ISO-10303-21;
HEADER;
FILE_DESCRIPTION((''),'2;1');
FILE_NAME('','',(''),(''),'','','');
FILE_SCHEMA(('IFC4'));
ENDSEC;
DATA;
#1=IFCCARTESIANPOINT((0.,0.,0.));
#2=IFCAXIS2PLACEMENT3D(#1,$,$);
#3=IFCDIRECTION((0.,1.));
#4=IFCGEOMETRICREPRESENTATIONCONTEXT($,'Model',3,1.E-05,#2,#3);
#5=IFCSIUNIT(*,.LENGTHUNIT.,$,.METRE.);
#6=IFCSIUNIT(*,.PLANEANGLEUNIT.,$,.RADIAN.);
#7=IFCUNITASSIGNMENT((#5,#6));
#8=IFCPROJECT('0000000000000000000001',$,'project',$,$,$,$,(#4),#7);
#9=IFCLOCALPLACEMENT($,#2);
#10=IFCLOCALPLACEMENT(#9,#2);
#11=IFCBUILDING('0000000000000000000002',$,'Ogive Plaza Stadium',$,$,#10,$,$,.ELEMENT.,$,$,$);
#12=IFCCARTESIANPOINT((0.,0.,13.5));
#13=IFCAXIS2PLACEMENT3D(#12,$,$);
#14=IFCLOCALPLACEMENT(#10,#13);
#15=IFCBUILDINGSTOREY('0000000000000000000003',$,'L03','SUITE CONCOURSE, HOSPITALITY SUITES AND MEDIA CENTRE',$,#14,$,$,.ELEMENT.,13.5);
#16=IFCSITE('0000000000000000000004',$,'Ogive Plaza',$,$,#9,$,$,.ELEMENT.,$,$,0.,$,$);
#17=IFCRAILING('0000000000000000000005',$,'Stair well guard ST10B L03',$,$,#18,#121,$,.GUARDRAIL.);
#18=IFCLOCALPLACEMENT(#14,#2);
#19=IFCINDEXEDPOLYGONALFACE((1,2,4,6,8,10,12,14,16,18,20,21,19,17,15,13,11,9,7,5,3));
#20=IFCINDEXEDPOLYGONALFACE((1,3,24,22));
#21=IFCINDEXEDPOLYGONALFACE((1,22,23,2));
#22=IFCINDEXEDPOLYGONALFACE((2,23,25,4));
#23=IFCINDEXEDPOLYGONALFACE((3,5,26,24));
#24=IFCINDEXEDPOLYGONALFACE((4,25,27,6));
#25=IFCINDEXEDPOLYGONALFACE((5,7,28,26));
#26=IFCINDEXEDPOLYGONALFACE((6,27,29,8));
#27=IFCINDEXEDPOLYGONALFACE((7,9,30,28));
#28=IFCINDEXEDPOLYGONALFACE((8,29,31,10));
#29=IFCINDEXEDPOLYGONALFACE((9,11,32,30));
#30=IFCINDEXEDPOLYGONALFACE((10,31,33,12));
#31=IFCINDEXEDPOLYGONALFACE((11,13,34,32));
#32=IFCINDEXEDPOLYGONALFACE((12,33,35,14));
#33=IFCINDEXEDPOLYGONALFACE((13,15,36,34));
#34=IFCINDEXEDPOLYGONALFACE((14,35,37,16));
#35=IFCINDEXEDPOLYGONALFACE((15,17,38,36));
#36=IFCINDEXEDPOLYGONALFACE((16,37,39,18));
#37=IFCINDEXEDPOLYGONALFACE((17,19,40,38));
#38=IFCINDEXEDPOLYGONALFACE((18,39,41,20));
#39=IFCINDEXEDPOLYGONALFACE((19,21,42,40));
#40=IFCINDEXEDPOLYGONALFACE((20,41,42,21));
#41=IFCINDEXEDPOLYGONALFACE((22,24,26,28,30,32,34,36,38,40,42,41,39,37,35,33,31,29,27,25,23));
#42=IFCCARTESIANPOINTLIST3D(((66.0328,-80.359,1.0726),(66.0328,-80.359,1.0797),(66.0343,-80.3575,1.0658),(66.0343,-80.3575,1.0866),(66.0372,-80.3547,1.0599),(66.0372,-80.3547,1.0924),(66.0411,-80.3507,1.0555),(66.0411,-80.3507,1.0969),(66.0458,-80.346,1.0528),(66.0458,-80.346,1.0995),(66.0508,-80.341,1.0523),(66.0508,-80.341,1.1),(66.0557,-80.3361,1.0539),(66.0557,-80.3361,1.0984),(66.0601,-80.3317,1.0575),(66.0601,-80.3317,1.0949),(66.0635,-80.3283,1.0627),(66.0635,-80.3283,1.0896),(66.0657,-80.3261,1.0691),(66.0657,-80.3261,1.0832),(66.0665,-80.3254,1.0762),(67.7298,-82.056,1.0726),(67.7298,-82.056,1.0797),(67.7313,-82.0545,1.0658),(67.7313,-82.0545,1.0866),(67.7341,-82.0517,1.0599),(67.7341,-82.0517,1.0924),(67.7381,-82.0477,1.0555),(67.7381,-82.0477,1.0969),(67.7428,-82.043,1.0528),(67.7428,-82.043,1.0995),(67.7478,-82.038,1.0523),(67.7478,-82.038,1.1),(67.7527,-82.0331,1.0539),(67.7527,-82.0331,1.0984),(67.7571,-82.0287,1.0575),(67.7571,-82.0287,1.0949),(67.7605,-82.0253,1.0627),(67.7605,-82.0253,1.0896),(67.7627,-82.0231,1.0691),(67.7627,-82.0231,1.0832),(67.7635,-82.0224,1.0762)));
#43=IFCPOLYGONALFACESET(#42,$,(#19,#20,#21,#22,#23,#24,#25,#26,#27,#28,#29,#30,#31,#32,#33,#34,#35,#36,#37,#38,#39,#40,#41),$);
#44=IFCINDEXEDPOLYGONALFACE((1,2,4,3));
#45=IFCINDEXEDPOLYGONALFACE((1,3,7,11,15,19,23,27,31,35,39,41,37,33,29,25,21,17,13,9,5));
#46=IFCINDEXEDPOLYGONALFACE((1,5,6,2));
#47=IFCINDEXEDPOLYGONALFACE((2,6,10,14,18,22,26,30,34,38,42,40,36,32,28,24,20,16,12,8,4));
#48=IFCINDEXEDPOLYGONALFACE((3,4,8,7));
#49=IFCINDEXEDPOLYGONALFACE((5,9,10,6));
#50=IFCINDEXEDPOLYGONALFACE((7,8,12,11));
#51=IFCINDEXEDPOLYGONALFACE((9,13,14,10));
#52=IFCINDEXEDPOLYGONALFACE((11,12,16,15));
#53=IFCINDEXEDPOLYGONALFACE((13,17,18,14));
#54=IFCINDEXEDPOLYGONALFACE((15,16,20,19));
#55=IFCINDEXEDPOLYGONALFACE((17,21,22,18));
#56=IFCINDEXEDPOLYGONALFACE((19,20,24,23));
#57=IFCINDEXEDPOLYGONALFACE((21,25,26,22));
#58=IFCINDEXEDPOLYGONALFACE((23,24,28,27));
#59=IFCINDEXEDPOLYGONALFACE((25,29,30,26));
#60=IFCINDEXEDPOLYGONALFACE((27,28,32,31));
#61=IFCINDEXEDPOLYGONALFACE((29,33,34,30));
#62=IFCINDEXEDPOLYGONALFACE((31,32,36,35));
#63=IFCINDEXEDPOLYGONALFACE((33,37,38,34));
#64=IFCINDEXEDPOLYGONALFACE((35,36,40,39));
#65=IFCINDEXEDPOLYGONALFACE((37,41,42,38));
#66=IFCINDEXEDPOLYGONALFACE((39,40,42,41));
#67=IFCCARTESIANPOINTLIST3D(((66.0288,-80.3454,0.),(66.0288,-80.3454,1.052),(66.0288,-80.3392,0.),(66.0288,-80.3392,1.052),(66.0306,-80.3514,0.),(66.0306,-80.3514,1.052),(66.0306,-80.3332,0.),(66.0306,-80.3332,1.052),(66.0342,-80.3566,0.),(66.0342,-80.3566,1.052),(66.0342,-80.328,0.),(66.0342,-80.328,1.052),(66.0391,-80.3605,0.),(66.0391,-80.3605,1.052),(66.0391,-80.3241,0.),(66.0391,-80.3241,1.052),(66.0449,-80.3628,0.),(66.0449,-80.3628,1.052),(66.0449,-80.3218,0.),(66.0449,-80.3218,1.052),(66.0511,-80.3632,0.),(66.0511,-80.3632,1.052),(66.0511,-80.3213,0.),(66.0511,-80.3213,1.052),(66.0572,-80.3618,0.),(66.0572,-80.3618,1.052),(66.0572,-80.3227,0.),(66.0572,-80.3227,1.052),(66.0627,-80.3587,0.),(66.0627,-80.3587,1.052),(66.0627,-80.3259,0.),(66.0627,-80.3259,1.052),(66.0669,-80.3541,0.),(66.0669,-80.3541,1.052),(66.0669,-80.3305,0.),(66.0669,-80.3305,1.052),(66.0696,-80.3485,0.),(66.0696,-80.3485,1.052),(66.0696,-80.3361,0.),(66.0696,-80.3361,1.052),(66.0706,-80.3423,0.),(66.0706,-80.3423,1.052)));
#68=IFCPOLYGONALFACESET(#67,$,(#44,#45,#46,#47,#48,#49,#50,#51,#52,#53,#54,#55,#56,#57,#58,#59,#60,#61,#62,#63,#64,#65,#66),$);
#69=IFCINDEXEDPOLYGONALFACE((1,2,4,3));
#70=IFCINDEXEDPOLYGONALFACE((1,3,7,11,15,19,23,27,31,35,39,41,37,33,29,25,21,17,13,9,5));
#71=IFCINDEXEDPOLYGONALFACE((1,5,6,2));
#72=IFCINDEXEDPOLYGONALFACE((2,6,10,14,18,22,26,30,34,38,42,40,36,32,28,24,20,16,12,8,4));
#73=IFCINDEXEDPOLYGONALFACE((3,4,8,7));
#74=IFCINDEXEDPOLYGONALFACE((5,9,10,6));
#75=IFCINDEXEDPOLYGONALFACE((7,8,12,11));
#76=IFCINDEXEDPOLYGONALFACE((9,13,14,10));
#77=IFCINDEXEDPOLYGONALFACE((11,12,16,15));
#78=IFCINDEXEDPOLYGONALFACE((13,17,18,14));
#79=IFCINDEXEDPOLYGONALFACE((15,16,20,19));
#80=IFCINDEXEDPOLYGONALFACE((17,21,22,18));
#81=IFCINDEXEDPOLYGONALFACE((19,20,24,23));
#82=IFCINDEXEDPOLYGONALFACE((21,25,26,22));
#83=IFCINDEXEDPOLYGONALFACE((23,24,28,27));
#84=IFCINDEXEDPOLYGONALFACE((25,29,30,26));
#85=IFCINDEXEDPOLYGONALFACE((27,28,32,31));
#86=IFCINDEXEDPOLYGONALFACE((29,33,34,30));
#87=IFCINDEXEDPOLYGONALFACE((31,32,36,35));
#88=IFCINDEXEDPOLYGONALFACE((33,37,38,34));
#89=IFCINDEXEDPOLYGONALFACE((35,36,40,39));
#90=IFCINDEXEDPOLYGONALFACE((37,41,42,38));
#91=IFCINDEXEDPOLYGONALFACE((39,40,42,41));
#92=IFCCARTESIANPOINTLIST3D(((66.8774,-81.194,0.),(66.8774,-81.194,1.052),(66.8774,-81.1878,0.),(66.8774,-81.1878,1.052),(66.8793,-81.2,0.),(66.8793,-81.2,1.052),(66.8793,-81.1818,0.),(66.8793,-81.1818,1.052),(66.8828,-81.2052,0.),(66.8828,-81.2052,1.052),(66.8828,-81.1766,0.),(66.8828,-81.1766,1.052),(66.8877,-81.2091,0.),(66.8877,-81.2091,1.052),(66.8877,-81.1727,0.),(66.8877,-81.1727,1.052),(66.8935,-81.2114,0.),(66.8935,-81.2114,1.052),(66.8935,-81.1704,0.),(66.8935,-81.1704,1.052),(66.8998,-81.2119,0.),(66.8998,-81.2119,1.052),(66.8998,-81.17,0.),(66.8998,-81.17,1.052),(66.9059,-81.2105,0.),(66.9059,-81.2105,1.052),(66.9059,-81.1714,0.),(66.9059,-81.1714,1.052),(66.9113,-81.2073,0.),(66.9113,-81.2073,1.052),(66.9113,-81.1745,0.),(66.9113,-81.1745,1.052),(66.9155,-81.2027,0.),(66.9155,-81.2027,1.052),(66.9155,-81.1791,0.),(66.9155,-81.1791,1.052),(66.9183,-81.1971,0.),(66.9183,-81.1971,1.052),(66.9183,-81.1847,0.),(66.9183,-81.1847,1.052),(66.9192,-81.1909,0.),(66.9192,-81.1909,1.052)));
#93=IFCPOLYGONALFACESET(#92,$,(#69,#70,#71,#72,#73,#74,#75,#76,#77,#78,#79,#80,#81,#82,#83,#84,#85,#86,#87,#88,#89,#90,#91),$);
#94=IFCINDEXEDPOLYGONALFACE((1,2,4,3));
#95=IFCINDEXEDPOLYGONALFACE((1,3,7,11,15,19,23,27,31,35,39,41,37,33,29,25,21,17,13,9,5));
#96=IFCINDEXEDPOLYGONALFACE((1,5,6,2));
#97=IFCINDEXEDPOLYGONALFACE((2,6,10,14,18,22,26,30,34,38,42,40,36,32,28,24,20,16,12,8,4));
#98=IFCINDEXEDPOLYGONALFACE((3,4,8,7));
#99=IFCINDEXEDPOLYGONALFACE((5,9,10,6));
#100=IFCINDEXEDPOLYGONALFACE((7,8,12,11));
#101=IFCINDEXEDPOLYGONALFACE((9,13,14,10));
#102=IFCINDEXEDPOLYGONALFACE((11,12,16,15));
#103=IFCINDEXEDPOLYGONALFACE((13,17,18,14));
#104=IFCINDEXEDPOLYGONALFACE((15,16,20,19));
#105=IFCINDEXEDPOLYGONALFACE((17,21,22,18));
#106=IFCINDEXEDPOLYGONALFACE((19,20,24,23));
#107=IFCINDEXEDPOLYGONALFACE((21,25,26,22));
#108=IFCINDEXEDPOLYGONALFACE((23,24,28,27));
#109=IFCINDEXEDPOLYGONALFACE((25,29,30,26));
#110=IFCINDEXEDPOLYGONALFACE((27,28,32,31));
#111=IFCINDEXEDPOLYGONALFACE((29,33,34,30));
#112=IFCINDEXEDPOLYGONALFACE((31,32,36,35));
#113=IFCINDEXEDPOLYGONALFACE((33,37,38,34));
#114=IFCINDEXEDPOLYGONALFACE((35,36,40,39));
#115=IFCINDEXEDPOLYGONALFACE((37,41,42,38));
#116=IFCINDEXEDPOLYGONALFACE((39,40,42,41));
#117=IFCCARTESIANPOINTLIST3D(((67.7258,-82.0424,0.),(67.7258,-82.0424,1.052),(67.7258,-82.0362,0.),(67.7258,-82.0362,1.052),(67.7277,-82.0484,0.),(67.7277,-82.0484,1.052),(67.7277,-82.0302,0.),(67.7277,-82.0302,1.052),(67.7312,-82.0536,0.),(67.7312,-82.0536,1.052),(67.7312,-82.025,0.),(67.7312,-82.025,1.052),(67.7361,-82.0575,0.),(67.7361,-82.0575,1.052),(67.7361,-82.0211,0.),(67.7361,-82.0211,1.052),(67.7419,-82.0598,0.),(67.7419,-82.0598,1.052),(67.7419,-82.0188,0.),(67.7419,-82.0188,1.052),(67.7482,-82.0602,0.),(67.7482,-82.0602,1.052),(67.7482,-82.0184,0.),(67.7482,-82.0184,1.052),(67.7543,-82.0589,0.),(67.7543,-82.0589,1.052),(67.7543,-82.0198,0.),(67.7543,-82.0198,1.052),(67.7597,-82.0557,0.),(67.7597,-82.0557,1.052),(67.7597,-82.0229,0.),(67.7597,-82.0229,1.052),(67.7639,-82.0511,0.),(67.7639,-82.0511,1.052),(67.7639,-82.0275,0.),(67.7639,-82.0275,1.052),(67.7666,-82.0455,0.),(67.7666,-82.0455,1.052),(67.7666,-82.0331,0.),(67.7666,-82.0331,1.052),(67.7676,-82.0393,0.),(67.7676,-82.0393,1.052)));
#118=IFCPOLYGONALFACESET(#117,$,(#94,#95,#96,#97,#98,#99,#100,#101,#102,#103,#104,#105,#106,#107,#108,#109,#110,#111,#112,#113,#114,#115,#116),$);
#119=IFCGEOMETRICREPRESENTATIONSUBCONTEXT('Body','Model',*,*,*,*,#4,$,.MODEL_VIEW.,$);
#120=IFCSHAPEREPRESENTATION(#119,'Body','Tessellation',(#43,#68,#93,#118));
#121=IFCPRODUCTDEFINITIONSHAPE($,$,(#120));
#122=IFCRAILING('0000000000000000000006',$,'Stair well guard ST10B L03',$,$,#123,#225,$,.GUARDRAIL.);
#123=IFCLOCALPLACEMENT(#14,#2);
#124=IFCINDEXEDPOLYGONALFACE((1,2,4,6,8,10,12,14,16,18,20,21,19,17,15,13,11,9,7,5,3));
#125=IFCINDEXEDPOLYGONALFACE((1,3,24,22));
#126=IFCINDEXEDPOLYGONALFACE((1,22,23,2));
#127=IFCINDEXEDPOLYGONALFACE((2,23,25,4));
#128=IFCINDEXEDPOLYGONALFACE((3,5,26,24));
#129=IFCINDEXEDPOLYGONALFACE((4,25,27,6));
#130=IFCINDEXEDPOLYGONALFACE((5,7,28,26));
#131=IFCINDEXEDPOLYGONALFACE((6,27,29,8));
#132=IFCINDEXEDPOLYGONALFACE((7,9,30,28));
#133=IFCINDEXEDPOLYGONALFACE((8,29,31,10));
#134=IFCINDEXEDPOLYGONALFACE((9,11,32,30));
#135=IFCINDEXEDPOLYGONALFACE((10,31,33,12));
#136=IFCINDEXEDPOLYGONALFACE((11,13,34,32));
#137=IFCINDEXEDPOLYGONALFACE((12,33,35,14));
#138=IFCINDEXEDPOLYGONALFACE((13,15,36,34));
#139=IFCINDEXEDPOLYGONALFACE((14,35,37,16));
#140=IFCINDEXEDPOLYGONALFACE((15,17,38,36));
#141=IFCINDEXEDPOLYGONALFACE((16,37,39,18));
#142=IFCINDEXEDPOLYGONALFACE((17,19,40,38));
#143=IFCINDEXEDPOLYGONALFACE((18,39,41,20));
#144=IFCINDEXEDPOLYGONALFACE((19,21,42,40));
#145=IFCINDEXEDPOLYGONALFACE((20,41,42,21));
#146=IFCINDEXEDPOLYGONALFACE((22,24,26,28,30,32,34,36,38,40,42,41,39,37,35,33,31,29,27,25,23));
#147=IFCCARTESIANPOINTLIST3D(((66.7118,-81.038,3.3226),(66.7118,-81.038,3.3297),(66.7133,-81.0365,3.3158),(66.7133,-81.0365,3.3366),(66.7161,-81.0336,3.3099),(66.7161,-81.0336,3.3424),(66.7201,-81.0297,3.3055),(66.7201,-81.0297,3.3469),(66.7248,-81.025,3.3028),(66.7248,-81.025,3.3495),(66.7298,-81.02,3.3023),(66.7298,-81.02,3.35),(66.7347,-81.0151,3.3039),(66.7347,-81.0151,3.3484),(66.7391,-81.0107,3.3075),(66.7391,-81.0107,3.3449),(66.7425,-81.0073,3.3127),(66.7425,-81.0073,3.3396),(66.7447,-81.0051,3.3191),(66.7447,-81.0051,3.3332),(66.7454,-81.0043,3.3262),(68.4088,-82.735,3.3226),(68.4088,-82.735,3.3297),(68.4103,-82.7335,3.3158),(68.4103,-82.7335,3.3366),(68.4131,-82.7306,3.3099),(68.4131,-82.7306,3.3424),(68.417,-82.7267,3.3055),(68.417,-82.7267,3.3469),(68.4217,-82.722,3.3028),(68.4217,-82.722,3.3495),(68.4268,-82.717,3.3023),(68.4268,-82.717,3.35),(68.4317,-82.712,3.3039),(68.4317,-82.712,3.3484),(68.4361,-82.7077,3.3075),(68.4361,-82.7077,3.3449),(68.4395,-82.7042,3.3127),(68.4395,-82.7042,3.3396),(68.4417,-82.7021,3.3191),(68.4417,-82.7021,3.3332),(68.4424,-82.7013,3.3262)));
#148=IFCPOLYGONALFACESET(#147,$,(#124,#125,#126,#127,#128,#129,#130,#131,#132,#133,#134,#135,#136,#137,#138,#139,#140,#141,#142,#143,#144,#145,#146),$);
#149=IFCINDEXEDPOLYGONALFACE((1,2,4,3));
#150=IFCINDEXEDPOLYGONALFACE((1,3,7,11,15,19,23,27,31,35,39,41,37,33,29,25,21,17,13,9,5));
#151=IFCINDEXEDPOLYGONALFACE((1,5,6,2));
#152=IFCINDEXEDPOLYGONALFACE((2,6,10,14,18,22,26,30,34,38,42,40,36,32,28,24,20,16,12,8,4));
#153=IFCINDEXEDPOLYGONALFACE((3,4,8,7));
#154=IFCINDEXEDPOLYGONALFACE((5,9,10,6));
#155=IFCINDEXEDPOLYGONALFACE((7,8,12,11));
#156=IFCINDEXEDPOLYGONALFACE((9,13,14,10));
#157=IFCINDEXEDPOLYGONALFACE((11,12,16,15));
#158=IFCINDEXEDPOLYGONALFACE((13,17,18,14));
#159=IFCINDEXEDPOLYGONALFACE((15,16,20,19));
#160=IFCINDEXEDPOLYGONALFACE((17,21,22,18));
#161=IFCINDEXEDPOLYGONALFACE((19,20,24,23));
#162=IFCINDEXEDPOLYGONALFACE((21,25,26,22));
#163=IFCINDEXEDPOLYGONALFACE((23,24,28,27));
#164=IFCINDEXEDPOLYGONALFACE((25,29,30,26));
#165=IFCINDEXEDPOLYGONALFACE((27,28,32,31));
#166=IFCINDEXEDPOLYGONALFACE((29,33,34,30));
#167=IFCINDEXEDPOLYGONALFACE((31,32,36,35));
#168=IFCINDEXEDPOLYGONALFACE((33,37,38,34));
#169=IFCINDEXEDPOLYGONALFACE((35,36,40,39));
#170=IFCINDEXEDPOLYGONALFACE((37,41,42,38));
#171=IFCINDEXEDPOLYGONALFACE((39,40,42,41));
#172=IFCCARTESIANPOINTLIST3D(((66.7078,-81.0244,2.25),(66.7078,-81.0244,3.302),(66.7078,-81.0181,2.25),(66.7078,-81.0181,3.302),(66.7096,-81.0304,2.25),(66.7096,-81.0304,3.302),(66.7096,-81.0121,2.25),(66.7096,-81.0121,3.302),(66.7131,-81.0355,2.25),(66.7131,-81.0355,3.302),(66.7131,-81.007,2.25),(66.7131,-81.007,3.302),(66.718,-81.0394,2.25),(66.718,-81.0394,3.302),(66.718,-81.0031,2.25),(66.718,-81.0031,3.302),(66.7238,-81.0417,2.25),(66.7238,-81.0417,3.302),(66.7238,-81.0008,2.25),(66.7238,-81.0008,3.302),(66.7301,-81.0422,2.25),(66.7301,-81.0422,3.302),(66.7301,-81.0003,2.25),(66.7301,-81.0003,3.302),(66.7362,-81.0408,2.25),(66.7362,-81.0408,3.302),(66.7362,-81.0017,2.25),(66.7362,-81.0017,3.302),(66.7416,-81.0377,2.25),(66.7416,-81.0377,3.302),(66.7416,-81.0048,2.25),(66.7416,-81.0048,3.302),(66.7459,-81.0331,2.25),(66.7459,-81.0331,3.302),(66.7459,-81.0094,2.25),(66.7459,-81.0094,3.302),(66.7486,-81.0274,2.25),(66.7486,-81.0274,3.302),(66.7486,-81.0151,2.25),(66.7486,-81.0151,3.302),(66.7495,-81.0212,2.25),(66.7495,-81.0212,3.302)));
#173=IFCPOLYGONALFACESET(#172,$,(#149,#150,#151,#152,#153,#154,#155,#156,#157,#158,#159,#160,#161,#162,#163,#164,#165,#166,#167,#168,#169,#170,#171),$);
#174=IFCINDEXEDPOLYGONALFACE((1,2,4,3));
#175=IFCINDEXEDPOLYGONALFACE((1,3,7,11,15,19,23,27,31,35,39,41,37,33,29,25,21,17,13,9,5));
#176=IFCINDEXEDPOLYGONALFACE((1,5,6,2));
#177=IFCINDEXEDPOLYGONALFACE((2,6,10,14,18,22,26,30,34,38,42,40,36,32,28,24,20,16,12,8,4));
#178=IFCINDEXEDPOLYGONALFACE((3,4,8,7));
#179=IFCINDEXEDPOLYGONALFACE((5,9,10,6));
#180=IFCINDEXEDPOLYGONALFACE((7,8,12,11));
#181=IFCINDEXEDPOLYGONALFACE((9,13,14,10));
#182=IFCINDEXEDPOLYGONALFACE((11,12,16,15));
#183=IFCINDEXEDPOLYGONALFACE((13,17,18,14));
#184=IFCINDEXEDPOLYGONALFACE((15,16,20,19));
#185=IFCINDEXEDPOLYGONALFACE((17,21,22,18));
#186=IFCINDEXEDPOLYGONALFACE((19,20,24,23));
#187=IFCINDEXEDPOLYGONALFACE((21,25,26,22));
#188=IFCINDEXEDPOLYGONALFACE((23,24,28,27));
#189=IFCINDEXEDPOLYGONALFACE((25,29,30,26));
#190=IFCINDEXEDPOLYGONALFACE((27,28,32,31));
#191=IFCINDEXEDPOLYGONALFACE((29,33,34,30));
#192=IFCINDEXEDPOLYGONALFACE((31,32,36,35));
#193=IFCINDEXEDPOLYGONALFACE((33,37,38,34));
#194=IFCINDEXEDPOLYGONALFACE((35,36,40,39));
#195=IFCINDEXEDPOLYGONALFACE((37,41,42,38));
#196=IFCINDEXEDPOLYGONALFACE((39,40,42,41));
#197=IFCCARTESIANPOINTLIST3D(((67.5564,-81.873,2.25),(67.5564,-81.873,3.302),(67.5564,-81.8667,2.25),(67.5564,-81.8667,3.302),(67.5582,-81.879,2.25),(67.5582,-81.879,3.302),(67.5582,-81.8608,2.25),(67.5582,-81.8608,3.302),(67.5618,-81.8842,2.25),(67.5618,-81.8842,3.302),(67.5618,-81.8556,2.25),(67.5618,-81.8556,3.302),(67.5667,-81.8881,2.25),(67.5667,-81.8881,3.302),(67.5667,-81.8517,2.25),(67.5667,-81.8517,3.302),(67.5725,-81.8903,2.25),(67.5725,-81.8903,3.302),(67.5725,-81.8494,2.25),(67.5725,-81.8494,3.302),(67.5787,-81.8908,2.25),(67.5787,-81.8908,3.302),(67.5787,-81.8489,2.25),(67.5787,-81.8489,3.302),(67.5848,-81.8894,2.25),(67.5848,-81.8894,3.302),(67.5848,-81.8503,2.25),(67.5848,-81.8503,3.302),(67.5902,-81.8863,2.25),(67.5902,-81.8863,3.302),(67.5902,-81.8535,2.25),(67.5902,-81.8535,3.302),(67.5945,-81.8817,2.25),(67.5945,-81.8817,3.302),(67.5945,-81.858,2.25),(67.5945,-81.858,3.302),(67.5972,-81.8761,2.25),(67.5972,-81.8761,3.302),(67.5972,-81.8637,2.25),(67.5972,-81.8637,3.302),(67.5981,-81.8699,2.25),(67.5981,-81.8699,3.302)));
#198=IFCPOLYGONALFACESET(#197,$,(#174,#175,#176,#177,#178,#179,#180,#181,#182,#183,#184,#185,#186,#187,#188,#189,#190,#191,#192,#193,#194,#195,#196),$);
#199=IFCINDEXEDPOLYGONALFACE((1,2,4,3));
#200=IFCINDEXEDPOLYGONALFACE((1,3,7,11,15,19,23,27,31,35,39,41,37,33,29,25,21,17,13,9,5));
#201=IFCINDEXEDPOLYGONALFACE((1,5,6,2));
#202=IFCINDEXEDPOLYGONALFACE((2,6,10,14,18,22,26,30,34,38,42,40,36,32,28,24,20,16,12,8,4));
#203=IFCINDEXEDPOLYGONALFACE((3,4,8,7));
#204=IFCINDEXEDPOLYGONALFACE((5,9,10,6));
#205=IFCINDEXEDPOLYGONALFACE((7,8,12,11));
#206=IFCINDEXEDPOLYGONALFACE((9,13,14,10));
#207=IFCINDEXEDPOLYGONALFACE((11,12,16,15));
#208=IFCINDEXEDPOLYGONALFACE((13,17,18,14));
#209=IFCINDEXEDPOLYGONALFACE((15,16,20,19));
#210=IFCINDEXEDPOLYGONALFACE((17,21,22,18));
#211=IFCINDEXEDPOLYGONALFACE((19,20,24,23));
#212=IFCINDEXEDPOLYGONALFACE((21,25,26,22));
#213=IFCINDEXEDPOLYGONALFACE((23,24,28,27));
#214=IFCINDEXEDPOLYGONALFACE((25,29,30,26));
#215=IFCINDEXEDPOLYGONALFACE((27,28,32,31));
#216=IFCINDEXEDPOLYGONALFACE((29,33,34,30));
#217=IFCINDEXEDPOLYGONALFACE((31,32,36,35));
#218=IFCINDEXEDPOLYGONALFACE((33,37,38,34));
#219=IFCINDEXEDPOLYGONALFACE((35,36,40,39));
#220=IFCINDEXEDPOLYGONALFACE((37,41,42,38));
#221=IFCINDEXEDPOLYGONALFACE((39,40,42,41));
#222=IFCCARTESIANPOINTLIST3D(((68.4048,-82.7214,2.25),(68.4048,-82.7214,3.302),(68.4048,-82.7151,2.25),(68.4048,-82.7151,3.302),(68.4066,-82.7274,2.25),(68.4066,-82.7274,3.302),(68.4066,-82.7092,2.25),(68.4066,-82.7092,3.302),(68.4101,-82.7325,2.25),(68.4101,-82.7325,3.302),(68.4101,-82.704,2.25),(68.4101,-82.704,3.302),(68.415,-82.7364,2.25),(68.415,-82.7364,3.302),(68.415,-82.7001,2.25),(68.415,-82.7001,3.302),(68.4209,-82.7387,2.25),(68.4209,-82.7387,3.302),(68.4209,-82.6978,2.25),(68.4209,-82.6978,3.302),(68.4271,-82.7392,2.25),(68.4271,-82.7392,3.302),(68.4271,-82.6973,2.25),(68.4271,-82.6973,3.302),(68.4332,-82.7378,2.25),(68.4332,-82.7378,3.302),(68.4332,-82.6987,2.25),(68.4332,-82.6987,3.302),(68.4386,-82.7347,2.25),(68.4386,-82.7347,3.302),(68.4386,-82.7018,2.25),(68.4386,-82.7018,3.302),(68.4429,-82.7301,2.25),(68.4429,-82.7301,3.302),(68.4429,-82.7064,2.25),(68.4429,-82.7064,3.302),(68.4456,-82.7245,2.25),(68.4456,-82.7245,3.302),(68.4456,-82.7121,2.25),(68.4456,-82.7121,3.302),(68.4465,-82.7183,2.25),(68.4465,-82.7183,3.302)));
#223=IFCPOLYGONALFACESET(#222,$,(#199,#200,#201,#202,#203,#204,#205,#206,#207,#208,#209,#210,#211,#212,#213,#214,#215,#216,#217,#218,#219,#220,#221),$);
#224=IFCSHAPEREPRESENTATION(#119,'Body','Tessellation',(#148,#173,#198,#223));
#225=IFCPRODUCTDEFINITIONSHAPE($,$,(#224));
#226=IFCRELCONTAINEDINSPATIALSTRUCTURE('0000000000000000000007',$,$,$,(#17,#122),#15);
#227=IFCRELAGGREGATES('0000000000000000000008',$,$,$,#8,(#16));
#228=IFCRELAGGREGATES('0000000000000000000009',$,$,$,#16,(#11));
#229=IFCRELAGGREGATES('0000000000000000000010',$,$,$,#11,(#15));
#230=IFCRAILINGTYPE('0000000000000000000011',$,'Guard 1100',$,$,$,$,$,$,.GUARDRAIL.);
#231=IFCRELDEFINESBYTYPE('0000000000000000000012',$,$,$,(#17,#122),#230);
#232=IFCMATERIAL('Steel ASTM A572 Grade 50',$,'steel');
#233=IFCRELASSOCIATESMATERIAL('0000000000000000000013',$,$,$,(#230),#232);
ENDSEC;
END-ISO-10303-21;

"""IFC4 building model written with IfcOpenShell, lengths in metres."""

from ifc_helpers import new_model, si_unit, direction, frame, origin, origin_2d, place, context, subcontext, project, spatial, circle, extrude, material, type_object, element, save


model = new_model("IFC4")

# Units and contexts
model_context = context("Model", 3, precision=1e-05, world=origin(), true_north=direction((0.0, 1.0)))
body_context = subcontext(model_context, "Body", "Model", "MODEL_VIEW")
ifc_project = project(units=[si_unit("LENGTHUNIT", "METRE"), si_unit("PLANEANGLEUNIT", "RADIAN")], contexts=[model_context])

# Site, building, storey
site_placement = place(None, origin())
site = spatial("IfcSite", under=ifc_project, at=site_placement, Name="Ogive Plaza", CompositionType="ELEMENT", RefElevation=0.0)
building_placement = place(site_placement, origin())
building = spatial("IfcBuilding", under=site, at=building_placement, Name="Ogive Plaza Stadium", CompositionType="ELEMENT")
storey_placement = place(building_placement, frame((0.0, 0.0, 13.5)))
storey = spatial("IfcBuildingStorey", under=building, at=storey_placement, Name="L03", Description="SUITE CONCOURSE, HOSPITALITY SUITES AND MEDIA CENTRE", CompositionType="ELEMENT", Elevation=13.5)

# Railings
ifc_material_1 = material(Name="Steel ASTM A572 Grade 50", Category="steel")
railing_type_1 = type_object("IfcRailingType", Name="Guard 1100", PredefinedType="GUARDRAIL", material=ifc_material_1)
for number, where, name in (
    (1, (66.0496, -80.3423, 0.0), "Stair well guard ST10B L03"),
    (2, (66.7285, -81.0212, 2.25), "Stair well guard ST10B L03"),
):
    element("IfcRailing", number, at=place(storey_placement, frame(where)), inside=storey, type_object=railing_type_1, Name=name, PredefinedType="GUARDRAIL", context=body_context, shape_type="SweptSolid", body=[
        extrude(circle(Radius=0.0239, at=origin_2d()), frame((0.0, 0.0, 1.0762), z_axis=(0.707107, -0.707107, 0.0), x_axis=(0.707107, 0.707107, 0.0)), (0.0, 0.0, 1.0), 2.3999),
        extrude(circle(Radius=0.021, at=origin_2d()), origin(), (0.0, 0.0, 1.0), 1.052),
        extrude(circle(Radius=0.021, at=origin_2d()), frame((0.8486, -0.8486, 0.0)), (0.0, 0.0, 1.0), 1.052),
        extrude(circle(Radius=0.021, at=origin_2d()), frame((1.697, -1.697, 0.0)), (0.0, 0.0, 1.0), 1.052),
    ])

save(model, "model.ifc")
